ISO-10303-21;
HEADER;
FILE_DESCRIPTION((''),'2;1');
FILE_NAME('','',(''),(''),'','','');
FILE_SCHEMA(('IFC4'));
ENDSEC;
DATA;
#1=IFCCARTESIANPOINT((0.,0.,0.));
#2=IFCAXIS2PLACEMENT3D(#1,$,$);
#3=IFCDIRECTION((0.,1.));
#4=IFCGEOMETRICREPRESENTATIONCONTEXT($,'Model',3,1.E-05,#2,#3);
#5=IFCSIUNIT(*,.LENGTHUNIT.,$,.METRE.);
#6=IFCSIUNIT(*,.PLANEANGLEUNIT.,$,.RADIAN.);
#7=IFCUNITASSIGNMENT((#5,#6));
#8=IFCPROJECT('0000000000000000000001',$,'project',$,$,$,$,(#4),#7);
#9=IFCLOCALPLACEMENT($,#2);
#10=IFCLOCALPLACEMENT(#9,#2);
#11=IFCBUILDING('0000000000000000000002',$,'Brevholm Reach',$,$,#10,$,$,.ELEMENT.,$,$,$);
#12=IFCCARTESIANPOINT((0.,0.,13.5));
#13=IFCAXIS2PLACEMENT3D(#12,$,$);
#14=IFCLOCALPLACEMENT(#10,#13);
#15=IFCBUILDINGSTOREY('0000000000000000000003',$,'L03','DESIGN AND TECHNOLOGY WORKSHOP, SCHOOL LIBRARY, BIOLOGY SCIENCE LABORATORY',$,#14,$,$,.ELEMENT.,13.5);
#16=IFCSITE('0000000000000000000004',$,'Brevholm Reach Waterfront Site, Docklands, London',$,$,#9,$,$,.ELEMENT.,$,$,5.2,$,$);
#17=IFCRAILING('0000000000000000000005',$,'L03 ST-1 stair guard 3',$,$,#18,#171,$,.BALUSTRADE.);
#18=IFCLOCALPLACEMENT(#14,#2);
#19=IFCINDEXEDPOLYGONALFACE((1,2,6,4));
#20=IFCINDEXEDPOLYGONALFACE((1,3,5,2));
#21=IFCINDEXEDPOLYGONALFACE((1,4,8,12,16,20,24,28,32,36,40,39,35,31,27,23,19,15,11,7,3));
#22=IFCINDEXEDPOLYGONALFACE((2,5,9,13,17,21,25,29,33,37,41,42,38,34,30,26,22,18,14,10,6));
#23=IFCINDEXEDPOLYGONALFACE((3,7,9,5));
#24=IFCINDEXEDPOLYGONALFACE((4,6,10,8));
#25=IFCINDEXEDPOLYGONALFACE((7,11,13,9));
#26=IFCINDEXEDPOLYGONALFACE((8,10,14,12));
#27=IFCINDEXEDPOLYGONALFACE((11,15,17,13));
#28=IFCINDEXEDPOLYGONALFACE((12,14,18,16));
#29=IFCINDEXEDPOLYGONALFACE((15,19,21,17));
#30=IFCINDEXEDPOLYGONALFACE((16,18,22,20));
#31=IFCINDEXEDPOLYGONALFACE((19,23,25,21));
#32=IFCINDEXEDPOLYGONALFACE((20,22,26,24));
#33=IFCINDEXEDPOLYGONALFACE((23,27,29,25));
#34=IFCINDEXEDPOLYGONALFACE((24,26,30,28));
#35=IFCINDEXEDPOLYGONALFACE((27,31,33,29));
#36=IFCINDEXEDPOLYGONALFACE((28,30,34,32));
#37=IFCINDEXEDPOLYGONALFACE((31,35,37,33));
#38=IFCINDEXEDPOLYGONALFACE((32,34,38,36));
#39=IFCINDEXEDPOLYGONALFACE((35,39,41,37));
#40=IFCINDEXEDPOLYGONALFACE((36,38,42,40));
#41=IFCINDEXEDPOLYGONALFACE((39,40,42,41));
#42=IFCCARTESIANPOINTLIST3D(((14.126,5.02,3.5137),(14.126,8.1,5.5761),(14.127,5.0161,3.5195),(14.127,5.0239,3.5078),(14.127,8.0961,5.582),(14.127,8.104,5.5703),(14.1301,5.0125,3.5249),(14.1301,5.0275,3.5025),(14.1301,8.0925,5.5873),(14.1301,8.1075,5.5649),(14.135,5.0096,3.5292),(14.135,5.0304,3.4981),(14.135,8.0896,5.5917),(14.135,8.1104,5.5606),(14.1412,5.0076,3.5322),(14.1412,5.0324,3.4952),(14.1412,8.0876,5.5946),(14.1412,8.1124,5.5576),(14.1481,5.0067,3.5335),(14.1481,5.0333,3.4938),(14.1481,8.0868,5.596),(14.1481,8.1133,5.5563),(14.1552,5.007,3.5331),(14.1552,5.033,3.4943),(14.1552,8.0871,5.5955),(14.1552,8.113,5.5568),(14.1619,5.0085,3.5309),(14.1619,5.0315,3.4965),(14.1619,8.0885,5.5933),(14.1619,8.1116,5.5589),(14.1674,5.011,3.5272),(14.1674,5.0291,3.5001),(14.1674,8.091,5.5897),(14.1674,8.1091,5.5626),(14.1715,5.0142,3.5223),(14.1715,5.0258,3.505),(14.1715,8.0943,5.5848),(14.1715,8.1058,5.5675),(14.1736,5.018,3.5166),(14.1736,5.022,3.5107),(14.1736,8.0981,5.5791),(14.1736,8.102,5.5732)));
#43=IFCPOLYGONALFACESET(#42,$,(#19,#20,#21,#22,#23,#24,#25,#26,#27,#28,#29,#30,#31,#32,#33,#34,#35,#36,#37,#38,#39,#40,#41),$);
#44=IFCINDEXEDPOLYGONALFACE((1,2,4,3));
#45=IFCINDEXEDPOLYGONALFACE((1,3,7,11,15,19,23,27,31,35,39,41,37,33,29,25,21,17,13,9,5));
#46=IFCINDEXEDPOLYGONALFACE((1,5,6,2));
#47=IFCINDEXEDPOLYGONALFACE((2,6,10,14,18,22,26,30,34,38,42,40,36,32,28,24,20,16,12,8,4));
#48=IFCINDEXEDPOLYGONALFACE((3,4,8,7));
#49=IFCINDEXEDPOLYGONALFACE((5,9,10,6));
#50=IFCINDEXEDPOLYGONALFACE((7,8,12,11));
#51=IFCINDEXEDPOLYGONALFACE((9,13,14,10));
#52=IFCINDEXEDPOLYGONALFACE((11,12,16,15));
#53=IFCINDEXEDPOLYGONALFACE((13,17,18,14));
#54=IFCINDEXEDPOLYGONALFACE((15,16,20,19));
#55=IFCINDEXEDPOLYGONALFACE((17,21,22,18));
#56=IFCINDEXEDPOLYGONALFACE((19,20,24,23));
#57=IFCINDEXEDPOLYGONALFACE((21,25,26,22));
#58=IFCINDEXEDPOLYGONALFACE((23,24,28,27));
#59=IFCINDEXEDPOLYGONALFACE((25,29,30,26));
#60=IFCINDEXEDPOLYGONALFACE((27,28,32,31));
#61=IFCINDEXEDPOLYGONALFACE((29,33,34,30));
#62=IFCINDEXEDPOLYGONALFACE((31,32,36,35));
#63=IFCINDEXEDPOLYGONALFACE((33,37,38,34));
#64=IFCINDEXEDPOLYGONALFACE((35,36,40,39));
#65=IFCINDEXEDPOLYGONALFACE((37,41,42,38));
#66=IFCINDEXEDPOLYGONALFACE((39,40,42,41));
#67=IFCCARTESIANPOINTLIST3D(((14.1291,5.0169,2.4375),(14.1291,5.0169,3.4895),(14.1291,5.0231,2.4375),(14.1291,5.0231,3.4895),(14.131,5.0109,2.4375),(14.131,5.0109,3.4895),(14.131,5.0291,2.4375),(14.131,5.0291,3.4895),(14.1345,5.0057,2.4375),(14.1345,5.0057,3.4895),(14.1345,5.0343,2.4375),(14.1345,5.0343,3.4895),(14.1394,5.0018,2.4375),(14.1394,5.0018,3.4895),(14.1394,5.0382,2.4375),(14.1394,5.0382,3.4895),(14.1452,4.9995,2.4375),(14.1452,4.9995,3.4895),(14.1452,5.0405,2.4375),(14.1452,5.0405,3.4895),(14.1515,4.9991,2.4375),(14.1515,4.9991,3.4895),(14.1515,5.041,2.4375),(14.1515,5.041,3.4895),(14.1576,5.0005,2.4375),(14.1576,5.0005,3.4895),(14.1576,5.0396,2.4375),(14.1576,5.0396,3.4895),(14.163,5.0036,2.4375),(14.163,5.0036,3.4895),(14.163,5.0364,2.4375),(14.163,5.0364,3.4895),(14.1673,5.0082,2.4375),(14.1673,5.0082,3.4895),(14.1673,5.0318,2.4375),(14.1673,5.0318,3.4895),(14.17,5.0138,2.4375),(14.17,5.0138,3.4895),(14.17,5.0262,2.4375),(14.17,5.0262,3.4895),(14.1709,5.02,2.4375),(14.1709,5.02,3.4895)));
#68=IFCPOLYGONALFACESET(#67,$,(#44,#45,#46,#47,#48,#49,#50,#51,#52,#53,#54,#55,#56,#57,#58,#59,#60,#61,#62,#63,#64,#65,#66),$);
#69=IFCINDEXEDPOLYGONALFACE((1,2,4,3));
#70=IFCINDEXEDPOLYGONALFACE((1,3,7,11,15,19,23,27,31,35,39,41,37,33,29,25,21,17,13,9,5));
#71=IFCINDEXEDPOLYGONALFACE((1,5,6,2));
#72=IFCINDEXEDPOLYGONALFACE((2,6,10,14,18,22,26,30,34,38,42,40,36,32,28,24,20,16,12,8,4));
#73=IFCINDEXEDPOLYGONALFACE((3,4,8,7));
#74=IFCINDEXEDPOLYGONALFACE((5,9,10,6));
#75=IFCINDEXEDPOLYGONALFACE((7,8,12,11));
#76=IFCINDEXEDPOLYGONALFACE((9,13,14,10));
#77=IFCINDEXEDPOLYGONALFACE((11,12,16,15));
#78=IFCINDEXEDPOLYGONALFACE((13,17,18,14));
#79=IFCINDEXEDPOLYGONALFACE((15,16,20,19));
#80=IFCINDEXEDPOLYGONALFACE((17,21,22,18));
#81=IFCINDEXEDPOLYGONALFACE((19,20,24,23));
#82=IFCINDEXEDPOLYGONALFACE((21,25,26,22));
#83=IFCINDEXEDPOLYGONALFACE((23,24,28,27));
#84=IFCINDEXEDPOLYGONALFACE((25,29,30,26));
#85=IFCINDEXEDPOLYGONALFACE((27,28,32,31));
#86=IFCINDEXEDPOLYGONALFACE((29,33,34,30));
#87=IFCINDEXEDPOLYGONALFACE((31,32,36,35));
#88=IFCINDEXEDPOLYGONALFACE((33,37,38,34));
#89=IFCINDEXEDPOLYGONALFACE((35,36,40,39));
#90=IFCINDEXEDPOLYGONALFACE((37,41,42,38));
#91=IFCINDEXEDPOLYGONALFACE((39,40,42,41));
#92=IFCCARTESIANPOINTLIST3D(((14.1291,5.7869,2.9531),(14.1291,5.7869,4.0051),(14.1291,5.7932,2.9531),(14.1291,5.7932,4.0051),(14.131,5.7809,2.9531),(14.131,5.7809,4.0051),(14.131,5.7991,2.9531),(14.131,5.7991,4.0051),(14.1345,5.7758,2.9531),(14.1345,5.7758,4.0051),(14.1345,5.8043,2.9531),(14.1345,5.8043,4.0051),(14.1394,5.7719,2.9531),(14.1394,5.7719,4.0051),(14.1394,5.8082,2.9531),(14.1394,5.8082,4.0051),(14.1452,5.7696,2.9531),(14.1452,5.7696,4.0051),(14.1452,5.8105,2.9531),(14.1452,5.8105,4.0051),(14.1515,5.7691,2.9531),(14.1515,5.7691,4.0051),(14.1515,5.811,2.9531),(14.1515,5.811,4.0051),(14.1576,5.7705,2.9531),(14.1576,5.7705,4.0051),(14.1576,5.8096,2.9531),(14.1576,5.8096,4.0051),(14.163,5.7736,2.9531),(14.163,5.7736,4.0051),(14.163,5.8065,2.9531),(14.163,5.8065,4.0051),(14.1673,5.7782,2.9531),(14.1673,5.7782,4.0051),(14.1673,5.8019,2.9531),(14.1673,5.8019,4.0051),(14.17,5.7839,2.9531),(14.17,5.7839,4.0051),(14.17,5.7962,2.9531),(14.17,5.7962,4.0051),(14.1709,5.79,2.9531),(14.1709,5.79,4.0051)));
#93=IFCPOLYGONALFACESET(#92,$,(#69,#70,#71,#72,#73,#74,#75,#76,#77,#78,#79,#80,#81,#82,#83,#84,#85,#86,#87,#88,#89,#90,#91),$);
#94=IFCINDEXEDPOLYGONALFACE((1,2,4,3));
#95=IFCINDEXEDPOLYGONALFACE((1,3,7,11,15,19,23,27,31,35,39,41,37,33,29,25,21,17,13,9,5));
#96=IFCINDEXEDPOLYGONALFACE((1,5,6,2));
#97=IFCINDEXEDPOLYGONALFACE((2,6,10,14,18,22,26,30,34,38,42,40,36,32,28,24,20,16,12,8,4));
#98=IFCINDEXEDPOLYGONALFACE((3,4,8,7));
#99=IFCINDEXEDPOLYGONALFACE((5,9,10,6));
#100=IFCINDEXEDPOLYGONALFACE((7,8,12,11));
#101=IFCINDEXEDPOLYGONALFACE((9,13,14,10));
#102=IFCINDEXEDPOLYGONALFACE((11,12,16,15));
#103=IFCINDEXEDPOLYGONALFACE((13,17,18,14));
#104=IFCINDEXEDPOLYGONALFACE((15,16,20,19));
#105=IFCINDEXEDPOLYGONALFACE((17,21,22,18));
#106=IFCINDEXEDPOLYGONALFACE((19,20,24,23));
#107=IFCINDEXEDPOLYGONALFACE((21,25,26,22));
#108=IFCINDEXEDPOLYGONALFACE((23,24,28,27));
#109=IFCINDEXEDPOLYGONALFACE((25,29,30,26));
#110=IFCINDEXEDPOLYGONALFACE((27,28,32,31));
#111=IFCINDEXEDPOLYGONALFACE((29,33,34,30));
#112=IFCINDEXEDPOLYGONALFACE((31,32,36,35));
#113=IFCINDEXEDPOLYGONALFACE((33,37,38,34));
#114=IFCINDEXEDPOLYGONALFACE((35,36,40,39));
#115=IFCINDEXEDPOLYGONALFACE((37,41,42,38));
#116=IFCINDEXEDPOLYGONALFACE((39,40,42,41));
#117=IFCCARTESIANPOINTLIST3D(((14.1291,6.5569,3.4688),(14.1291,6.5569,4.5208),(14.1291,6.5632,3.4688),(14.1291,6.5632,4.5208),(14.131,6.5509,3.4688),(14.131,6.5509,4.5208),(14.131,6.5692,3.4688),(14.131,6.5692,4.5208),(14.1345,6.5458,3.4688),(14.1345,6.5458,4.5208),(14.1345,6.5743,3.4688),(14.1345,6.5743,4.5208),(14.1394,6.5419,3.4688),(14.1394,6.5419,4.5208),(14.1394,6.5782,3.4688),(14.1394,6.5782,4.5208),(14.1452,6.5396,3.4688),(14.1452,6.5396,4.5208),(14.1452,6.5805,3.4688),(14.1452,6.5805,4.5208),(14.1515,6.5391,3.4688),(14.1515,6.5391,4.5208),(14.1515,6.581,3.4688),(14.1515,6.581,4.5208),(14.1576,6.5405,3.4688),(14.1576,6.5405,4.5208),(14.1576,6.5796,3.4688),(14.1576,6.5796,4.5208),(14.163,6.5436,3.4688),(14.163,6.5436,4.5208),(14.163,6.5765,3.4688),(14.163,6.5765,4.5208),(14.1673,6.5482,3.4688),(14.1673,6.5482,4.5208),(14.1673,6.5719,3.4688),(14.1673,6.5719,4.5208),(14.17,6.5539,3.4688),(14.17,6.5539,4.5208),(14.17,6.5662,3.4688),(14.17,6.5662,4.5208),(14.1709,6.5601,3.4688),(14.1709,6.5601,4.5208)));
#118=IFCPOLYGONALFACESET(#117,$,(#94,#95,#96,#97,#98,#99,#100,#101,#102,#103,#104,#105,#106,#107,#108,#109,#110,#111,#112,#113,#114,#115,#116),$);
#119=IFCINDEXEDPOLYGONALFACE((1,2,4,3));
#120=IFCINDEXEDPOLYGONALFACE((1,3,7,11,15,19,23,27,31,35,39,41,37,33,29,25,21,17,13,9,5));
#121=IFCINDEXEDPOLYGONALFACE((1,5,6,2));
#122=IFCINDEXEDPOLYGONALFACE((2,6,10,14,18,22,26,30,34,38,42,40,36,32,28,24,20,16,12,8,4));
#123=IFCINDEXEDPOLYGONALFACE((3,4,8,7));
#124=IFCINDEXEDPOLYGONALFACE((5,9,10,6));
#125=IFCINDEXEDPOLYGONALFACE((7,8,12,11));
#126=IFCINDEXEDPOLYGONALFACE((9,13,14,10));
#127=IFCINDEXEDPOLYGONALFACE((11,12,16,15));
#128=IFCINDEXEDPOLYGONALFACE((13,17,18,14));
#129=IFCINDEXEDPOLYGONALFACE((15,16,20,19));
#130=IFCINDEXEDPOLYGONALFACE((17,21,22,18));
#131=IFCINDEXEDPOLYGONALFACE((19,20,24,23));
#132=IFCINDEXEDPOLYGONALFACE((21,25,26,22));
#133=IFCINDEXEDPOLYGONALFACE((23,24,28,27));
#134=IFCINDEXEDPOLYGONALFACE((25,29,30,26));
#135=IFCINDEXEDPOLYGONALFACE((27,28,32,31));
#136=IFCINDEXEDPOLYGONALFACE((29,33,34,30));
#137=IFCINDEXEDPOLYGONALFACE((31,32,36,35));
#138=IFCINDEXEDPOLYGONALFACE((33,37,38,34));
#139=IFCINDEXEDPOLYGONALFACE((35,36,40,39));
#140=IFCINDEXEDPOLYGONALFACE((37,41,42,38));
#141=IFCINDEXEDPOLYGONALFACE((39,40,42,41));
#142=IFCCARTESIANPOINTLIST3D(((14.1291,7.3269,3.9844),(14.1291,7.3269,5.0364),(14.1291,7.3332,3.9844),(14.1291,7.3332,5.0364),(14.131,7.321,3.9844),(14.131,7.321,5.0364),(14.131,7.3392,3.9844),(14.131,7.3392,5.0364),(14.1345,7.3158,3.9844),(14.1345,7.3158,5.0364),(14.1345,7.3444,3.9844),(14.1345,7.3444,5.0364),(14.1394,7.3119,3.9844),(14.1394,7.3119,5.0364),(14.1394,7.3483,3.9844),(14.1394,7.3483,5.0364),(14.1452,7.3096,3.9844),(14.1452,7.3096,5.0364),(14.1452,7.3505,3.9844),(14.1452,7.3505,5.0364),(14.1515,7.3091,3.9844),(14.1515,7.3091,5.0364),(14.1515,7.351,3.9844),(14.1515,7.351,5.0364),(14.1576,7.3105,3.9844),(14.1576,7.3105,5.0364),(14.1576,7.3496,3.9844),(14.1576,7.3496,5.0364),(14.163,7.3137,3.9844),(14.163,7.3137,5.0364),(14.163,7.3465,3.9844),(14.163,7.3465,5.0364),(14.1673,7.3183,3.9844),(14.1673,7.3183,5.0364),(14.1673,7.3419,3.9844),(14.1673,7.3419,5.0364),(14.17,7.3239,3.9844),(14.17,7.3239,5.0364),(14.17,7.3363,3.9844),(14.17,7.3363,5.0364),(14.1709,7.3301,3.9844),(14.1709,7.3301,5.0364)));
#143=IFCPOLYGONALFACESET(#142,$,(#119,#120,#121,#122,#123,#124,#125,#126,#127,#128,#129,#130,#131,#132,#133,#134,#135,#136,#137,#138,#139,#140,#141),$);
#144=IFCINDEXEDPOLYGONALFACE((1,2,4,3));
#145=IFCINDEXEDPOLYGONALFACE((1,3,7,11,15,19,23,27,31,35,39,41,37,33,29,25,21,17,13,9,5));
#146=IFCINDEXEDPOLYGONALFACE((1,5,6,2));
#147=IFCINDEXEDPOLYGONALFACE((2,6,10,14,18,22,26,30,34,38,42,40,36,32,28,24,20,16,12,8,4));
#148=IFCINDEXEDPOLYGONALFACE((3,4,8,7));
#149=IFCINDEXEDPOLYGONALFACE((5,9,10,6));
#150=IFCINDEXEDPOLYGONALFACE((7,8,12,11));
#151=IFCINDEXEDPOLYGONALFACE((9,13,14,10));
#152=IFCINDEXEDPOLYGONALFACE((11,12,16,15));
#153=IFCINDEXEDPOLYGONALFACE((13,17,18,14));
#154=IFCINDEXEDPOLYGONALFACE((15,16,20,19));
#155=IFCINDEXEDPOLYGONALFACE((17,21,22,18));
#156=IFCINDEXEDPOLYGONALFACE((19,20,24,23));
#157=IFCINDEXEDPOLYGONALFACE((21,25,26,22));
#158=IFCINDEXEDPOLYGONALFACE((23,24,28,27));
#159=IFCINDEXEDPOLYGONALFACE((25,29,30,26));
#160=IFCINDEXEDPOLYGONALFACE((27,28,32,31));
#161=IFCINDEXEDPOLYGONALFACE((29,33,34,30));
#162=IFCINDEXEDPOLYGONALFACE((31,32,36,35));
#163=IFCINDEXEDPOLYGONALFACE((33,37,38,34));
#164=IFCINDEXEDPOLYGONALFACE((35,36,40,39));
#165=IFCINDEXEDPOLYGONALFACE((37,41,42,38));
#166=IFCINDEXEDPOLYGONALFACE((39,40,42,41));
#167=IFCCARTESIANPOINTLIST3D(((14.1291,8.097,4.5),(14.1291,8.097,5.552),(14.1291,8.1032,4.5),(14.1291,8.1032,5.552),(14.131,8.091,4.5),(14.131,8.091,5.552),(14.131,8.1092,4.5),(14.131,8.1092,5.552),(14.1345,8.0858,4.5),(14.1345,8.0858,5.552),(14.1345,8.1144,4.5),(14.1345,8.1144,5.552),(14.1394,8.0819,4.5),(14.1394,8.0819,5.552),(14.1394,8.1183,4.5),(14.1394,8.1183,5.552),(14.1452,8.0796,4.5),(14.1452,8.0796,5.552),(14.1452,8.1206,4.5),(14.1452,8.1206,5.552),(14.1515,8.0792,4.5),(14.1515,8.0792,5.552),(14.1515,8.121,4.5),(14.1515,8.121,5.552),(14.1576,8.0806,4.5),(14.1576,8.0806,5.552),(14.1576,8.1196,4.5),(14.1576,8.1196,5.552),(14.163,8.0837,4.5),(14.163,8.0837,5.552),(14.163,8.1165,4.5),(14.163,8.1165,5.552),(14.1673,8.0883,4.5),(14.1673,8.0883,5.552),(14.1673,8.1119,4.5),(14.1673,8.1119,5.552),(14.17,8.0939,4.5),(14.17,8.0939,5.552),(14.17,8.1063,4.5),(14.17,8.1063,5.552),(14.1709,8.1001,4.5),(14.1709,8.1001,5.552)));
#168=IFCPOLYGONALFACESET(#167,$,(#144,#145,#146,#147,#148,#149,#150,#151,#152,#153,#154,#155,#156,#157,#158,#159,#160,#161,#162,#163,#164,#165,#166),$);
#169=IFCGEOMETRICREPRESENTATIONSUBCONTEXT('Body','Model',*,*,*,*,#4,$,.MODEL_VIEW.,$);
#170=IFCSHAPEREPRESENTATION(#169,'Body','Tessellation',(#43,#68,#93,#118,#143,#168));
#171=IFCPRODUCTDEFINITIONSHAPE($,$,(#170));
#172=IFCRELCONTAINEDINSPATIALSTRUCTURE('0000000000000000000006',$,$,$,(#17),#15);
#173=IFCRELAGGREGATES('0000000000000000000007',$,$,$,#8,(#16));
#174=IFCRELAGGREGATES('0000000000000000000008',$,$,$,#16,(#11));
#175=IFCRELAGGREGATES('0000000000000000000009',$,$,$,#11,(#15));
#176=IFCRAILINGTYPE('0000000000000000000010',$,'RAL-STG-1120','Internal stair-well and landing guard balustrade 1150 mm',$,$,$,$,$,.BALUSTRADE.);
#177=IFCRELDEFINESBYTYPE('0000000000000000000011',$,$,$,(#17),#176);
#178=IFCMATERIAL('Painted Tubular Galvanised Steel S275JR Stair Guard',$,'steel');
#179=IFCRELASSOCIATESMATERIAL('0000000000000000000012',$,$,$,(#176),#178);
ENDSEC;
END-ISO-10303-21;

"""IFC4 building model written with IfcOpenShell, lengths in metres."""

from ifc_helpers import new_model, si_unit, direction, frame, origin, origin_2d, place, context, subcontext, project, spatial, circle, extrude, material, type_object, element, save


model = new_model("IFC4")

# Units and contexts
model_context = context("Model", 3, precision=1e-05, world=origin(), true_north=direction((0.0, 1.0)))
body_context = subcontext(model_context, "Body", "Model", "MODEL_VIEW")
ifc_project = project(units=[si_unit("LENGTHUNIT", "METRE"), si_unit("PLANEANGLEUNIT", "RADIAN")], contexts=[model_context])

# Site, building, storey
site_placement = place(None, origin())
site = spatial("IfcSite", under=ifc_project, at=site_placement, Name="Brevholm Reach Waterfront Site, Docklands, London", CompositionType="ELEMENT", RefElevation=5.2)
building_placement = place(site_placement, origin())
building = spatial("IfcBuilding", under=site, at=building_placement, Name="Brevholm Reach", CompositionType="ELEMENT")
storey_placement = place(building_placement, frame((0.0, 0.0, 13.5)))
storey = spatial("IfcBuildingStorey", under=building, at=storey_placement, Name="L03", Description="DESIGN AND TECHNOLOGY WORKSHOP, SCHOOL LIBRARY, BIOLOGY SCIENCE LABORATORY", CompositionType="ELEMENT", Elevation=13.5)

# Railing
ifc_material_1 = material(Name="Painted Tubular Galvanised Steel S275JR Stair Guard", Category="steel")
railing_type_1 = type_object("IfcRailingType", Name="RAL-STG-1120", Description="Internal stair-well and landing guard balustrade 1150 mm", PredefinedType="BALUSTRADE", material=ifc_material_1)
railing_1_placement = place(storey_placement, frame((14.1499, 5.02, 2.4375)))
element("IfcRailing", 1, at=railing_1_placement, inside=storey, type_object=railing_type_1, Name="L03 ST-1 stair guard 3", PredefinedType="BALUSTRADE", context=body_context, shape_type="SweptSolid", body=[
    extrude(circle(Radius=0.0239, at=origin_2d()), frame((0.0, 0.0, 1.0762), z_axis=(0.0, 0.830914, 0.556401), x_axis=(-1.0, 0.0, 0.0)), (0.0, 0.0, 1.0), 3.7068),
    extrude(circle(Radius=0.021, at=origin_2d()), origin(), (0.0, 0.0, 1.0), 1.052),
    extrude(circle(Radius=0.021, at=origin_2d()), frame((0.0, 0.77, 0.5156)), (0.0, 0.0, 1.0), 1.052),
    extrude(circle(Radius=0.021, at=origin_2d()), frame((0.0, 1.54, 1.0312)), (0.0, 0.0, 1.0), 1.052),
    extrude(circle(Radius=0.021, at=origin_2d()), frame((0.0, 2.3101, 1.5469)), (0.0, 0.0, 1.0), 1.052),
    extrude(circle(Radius=0.021, at=origin_2d()), frame((0.0, 3.0801, 2.0625)), (0.0, 0.0, 1.0), 1.052),
])

save(model, "model.ifc")
